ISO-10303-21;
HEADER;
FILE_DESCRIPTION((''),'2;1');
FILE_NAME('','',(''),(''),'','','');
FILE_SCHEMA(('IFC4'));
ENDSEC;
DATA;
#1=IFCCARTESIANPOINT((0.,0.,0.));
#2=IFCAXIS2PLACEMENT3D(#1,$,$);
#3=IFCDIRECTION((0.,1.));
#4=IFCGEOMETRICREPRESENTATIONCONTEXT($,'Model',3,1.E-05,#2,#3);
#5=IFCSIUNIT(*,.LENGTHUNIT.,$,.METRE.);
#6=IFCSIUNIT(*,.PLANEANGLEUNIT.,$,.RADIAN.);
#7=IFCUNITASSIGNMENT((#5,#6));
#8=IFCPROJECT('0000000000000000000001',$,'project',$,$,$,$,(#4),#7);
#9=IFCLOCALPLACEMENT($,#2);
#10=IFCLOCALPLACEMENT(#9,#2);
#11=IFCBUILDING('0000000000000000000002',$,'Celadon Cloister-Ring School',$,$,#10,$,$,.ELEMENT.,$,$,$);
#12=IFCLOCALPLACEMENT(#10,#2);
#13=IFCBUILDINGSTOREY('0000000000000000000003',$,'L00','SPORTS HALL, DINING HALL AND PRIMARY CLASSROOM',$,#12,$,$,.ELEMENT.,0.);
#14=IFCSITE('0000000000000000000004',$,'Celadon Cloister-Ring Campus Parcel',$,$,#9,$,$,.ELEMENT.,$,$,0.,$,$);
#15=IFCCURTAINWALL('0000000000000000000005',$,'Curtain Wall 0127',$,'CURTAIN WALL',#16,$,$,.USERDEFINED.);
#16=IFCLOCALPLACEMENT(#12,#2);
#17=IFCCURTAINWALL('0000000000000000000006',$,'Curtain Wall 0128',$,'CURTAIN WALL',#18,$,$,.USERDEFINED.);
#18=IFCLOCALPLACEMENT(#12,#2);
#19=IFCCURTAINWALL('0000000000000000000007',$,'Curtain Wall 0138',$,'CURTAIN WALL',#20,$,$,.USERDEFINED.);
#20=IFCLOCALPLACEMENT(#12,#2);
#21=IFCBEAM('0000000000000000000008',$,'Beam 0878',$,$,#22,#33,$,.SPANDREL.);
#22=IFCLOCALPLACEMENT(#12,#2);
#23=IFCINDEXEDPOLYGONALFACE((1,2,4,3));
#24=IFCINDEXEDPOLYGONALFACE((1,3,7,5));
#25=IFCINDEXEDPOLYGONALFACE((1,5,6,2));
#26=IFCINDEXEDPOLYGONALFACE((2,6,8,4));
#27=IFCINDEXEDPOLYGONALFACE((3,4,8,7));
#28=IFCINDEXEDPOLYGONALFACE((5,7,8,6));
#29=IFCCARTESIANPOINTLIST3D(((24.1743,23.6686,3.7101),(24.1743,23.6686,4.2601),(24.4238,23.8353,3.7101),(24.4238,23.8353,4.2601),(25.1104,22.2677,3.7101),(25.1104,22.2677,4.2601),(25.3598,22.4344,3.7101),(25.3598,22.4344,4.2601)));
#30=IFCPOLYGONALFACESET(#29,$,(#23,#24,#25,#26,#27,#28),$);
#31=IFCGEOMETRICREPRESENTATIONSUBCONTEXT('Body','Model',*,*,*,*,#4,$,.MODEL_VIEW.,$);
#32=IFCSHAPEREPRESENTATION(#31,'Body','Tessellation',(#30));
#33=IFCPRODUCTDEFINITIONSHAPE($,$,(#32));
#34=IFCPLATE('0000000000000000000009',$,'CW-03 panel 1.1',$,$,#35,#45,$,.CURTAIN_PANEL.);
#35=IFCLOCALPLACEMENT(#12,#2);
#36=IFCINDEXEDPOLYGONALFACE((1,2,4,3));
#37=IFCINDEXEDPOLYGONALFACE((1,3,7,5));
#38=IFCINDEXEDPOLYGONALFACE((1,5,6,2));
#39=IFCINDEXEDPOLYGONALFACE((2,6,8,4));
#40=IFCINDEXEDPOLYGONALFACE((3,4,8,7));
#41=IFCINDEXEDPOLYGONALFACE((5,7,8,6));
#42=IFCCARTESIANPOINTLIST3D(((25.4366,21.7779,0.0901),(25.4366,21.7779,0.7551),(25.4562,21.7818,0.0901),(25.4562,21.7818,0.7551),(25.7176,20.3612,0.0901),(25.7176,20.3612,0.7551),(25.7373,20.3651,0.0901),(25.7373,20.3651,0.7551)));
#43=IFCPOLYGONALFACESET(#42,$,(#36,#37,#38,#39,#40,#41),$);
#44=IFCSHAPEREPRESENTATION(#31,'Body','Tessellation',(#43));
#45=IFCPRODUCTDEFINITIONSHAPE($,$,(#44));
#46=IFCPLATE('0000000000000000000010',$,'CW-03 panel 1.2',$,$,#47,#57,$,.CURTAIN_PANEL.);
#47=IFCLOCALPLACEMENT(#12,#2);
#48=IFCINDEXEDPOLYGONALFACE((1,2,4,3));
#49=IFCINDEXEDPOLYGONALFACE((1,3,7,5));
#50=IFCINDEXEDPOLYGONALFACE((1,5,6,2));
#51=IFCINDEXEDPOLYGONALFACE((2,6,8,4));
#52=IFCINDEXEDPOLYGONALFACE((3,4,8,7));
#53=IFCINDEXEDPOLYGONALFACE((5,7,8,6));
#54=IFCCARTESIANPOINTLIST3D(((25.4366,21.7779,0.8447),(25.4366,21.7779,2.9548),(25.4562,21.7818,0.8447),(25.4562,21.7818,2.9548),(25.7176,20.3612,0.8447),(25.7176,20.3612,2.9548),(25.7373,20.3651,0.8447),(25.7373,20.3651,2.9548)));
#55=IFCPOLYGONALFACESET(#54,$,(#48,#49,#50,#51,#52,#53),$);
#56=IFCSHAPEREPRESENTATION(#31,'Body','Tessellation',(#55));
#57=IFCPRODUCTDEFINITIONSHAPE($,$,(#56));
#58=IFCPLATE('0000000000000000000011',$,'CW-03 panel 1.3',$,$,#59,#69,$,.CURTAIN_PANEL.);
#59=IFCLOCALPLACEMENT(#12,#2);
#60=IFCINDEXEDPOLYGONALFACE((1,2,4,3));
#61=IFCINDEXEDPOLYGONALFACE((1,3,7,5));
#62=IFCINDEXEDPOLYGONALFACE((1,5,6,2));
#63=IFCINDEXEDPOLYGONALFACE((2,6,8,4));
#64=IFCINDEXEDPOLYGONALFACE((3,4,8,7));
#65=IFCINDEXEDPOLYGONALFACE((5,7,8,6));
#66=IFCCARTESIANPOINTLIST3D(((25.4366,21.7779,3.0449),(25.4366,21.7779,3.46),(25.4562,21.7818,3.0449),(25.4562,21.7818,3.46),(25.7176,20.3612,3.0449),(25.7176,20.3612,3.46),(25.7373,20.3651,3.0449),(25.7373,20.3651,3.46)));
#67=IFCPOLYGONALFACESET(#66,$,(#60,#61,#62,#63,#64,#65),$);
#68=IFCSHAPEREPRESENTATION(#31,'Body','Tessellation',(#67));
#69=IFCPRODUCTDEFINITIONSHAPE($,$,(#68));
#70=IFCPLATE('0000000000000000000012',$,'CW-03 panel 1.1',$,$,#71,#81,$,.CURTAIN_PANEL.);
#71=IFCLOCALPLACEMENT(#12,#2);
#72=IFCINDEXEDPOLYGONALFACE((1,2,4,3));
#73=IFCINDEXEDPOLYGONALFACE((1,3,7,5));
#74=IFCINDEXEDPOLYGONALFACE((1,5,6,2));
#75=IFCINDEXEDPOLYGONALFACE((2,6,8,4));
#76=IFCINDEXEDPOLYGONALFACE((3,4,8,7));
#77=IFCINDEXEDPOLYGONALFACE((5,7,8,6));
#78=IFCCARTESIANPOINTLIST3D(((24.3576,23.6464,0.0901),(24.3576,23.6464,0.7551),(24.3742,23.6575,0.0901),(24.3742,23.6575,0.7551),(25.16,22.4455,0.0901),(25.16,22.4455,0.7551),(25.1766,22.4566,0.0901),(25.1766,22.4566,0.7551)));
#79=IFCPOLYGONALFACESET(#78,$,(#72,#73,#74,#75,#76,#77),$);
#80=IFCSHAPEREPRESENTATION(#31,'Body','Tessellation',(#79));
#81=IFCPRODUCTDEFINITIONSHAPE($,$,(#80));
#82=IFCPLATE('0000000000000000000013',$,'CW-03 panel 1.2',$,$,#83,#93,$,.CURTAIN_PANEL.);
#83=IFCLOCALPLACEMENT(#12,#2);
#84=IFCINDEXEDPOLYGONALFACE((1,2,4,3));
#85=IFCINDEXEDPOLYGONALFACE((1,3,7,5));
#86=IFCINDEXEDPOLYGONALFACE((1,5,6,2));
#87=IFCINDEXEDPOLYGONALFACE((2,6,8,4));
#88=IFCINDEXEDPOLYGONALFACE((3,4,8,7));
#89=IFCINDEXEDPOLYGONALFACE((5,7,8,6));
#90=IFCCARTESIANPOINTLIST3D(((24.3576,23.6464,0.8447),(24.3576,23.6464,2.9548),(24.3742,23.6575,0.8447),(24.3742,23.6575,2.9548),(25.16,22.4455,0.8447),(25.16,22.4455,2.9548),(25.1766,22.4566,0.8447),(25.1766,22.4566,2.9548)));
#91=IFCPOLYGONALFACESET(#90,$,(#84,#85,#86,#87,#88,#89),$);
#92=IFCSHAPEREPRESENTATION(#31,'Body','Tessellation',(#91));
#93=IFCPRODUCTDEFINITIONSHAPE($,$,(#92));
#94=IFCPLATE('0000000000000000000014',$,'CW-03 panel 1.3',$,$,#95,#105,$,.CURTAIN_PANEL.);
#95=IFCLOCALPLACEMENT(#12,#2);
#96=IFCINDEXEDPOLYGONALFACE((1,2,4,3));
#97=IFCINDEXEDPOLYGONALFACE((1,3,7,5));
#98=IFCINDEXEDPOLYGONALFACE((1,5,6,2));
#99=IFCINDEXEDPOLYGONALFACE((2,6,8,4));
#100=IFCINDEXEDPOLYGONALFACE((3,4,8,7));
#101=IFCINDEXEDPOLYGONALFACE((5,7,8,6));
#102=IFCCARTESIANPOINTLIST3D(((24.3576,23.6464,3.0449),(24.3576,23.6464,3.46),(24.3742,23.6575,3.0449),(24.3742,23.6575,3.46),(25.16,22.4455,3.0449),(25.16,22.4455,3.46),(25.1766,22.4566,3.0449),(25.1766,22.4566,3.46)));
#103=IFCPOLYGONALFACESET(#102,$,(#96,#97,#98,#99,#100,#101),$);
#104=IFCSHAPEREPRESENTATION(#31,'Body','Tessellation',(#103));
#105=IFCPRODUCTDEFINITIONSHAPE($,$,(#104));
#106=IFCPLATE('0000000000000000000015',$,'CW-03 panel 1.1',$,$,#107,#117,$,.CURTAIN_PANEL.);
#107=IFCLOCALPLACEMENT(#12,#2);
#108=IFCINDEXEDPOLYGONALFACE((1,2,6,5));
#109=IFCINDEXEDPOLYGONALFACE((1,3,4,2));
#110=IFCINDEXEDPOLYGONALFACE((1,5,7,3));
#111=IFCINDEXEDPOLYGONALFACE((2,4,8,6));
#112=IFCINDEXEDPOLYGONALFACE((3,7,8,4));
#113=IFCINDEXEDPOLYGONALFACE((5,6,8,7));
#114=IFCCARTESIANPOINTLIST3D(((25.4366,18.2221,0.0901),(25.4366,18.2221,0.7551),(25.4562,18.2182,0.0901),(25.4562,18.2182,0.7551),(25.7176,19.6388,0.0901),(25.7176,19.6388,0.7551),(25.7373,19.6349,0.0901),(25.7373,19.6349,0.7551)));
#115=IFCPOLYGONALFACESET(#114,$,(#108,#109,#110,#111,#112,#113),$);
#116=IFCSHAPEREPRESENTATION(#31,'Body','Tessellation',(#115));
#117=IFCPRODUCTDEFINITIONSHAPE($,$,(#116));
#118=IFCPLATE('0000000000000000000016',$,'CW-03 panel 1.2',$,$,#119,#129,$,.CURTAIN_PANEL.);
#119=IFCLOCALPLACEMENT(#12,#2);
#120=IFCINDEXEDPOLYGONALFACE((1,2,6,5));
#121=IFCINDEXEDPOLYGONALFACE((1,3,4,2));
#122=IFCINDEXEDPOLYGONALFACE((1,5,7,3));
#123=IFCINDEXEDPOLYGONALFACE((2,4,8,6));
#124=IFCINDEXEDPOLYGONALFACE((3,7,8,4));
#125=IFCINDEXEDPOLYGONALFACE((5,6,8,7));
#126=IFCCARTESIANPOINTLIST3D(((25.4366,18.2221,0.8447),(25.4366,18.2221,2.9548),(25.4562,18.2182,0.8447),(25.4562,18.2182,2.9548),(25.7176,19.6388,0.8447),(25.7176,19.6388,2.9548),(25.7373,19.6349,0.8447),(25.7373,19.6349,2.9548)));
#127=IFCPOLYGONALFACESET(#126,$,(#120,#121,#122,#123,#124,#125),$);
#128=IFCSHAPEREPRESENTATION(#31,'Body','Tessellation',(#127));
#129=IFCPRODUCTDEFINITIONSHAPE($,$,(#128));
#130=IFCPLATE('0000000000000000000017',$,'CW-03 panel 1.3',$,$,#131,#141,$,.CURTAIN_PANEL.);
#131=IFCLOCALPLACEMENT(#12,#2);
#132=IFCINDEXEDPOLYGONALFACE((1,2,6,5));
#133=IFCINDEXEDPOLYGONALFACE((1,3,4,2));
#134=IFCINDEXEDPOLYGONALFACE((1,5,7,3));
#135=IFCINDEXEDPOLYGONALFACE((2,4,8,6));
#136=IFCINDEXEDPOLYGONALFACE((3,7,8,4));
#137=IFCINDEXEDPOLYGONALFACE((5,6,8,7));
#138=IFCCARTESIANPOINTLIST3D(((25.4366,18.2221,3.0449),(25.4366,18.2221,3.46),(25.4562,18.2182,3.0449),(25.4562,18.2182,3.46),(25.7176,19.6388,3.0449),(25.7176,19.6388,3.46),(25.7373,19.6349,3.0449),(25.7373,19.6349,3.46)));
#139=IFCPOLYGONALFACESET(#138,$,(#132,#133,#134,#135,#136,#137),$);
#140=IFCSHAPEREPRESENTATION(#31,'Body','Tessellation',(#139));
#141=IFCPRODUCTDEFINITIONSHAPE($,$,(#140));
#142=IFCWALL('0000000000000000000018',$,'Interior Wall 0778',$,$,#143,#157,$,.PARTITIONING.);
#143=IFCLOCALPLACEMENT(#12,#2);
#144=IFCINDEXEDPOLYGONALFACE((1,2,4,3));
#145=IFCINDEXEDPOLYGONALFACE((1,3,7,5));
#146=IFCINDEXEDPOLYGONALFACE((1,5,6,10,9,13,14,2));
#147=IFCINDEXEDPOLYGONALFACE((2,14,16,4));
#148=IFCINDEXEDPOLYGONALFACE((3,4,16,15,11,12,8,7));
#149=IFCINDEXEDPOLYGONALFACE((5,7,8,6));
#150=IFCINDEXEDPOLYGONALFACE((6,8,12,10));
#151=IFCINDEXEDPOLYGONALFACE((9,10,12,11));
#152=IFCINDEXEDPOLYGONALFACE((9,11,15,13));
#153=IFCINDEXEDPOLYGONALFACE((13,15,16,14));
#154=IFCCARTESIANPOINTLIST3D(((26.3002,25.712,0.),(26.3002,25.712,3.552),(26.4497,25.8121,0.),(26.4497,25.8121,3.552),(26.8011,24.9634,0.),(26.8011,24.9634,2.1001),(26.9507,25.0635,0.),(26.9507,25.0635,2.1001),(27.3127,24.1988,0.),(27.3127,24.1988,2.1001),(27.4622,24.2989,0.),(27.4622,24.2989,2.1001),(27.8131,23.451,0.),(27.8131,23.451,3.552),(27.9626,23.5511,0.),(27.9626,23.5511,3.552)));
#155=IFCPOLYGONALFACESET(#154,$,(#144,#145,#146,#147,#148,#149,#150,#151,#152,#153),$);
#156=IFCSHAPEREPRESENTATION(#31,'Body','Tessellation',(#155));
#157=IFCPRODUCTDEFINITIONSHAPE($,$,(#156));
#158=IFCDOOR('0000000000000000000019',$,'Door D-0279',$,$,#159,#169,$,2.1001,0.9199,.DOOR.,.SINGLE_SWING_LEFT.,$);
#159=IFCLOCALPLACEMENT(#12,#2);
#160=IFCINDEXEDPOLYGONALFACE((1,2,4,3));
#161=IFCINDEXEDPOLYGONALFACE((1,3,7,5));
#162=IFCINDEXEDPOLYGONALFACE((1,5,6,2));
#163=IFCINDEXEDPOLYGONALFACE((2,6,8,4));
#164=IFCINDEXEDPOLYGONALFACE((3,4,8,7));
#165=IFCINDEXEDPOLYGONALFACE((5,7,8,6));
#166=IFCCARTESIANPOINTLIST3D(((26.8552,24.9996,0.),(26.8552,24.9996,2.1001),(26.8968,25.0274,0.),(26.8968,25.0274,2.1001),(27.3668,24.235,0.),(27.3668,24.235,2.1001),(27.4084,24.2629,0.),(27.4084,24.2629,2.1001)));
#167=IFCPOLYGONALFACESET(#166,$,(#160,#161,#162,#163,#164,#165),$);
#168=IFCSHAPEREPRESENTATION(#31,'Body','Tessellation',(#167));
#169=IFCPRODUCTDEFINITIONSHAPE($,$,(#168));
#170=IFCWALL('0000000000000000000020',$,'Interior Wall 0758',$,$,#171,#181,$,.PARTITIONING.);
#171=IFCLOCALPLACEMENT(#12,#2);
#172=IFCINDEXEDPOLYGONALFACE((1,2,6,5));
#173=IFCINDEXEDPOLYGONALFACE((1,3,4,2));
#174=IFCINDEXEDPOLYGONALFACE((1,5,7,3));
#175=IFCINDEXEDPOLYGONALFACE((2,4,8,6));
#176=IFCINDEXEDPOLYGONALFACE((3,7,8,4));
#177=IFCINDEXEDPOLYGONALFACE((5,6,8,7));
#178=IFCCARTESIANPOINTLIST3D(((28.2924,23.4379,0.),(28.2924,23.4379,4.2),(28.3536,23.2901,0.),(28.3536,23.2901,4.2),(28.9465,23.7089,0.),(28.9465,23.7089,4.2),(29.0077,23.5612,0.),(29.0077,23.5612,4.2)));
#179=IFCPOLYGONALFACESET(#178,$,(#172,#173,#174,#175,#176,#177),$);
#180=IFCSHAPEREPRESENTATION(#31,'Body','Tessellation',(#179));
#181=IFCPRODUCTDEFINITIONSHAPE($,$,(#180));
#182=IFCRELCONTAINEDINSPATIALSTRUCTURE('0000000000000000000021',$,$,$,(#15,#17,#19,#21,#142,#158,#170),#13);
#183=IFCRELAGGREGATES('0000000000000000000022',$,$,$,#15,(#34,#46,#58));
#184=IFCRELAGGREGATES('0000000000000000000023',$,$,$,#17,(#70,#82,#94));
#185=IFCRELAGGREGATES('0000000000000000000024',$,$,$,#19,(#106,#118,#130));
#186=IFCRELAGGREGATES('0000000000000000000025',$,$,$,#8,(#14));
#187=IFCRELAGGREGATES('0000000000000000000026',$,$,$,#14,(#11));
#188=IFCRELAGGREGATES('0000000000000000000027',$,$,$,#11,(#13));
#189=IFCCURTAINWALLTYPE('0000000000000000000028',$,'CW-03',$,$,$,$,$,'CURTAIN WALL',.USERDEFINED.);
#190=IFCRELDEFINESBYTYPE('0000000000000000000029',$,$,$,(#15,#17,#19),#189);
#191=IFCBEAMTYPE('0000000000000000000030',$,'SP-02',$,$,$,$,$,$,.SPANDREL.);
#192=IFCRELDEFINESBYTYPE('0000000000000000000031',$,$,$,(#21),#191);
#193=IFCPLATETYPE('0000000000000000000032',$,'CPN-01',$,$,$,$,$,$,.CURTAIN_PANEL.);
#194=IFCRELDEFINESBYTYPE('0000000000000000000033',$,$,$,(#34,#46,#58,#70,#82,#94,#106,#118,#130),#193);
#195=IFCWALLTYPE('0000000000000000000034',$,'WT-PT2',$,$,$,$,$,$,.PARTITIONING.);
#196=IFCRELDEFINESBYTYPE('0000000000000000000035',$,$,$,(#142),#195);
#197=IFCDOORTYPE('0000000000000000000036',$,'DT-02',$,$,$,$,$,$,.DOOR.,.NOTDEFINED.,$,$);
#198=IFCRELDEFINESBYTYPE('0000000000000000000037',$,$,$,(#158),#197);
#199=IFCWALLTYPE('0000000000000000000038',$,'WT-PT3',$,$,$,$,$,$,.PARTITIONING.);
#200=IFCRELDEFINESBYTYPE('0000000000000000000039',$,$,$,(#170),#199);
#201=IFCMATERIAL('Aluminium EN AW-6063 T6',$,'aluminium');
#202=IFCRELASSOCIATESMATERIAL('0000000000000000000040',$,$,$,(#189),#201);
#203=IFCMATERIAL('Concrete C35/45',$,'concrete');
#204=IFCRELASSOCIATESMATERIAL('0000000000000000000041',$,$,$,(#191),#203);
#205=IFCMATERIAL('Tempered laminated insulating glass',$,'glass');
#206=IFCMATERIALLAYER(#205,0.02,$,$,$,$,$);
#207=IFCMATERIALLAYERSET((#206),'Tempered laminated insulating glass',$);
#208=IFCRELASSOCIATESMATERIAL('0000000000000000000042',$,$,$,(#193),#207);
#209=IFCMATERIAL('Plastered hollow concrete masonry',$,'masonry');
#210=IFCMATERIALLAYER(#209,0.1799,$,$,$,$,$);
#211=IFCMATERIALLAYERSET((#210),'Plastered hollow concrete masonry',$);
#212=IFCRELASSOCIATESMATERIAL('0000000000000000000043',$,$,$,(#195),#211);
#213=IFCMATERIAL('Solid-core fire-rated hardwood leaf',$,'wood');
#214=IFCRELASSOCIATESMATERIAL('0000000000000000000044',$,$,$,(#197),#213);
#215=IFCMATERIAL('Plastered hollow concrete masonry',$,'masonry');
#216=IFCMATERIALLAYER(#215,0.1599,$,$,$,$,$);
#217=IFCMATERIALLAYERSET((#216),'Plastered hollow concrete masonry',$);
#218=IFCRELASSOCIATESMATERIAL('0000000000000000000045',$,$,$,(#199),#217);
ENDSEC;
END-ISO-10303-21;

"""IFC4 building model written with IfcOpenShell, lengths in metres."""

from ifc_helpers import new_model, si_unit, direction, frame, frame_2d, origin, origin_2d, place, context, subcontext, project, spatial, rectangle, extrude, material, layer, layer_set, material_profile, profile_set, type_object, element, fill, aggregate, save


model = new_model("IFC4")

# Units and contexts
model_context = context("Model", 3, precision=1e-05, world=origin(), true_north=direction((0.0, 1.0)))
body_context = subcontext(model_context, "Body", "Model", "MODEL_VIEW")
ifc_project = project(units=[si_unit("LENGTHUNIT", "METRE"), si_unit("PLANEANGLEUNIT", "RADIAN")], contexts=[model_context])

# Site, building, storey
site_placement = place(None, origin())
site = spatial("IfcSite", under=ifc_project, at=site_placement, Name="Celadon Cloister-Ring Campus Parcel", CompositionType="ELEMENT", RefElevation=0.0)
building_placement = place(site_placement, origin())
building = spatial("IfcBuilding", under=site, at=building_placement, Name="Celadon Cloister-Ring School", CompositionType="ELEMENT")
storey_placement = place(building_placement, origin())
storey = spatial("IfcBuildingStorey", under=building, at=storey_placement, Name="L00", Description="SPORTS HALL, DINING HALL AND PRIMARY CLASSROOM", CompositionType="ELEMENT", Elevation=0.0)

# Curtain wall
ifc_material_1 = material(Name="Aluminium EN AW-6063 T6", Category="aluminium")
curtain_wall_type = type_object("IfcCurtainWallType", Name="CW-03", ElementType="CURTAIN WALL", PredefinedType="USERDEFINED", material=ifc_material_1)
curtain_wall_1_placement = place(storey_placement, origin())
curtain_wall_1 = element("IfcCurtainWall", 1, at=curtain_wall_1_placement, inside=storey, type_object=curtain_wall_type, Name="Curtain Wall 0127", ObjectType="CURTAIN WALL", PredefinedType="USERDEFINED")

# Curtain walls
curtain_wall_2_placement = place(storey_placement, origin())
curtain_wall_2 = element("IfcCurtainWall", 2, at=curtain_wall_2_placement, inside=storey, type_object=curtain_wall_type, Name="Curtain Wall 0128", ObjectType="CURTAIN WALL", PredefinedType="USERDEFINED")
curtain_wall_3_placement = place(storey_placement, origin())
curtain_wall_3 = element("IfcCurtainWall", 3, at=curtain_wall_3_placement, inside=storey, type_object=curtain_wall_type, Name="Curtain Wall 0138", ObjectType="CURTAIN WALL", PredefinedType="USERDEFINED")

# Beam
ifc_material_2 = material(Name="Concrete C35/45", Category="concrete")
ifc_material_profile_1 = material_profile(ifc_material_2, rectangle(XDim=0.3, YDim=0.55, at=origin_2d()), Name="RC300X550")
ifc_profile_set_1 = profile_set([ifc_material_profile_1], Name="Concrete C35/45")
beam_type_1 = type_object("IfcBeamType", Name="SP-02", PredefinedType="SPANDREL", material=ifc_profile_set_1)
beam_1_placement = place(storey_placement, frame((25.2351, 22.3511, 3.9851), z_axis=(-0.555569, 0.83147, 0.0), x_axis=(-0.83147, -0.555569, 0.0)))
element("IfcBeam", 4, at=beam_1_placement, inside=storey, type_object=beam_type_1, Name="Beam 0878", PredefinedType="SPANDREL", context=body_context, shape_type="SweptSolid", body=[
    extrude(rectangle(XDim=0.3, YDim=0.55, at=origin_2d()), origin(), (0.0, 0.0, 1.0), 1.6848),
])

# Plates
ifc_material_3 = material(Name="Tempered laminated insulating glass", Category="glass")
ifc_layer_1 = layer(ifc_material_3, 0.02)
ifc_layer_set_1 = layer_set([ifc_layer_1], Name="Tempered laminated insulating glass")
plate_type = type_object("IfcPlateType", Name="CPN-01", PredefinedType="CURTAIN_PANEL", material=ifc_layer_set_1)
plate_1_placement = place(storey_placement, frame((25.5869, 21.0715, 0.0901), z_axis=(0.0, 0.0, 1.0), x_axis=(-0.194586, 0.980885, 0.0)))
plate_1 = element("IfcPlate", 5, at=plate_1_placement, type_object=plate_type, Name="CW-03 panel 1.1", PredefinedType="CURTAIN_PANEL", context=body_context, shape_type="SweptSolid", body=[
    extrude(rectangle(XDim=1.4443, YDim=0.02, at=origin_2d()), origin(), (0.0, 0.0, 1.0), 0.665),
])
plate_2_placement = place(storey_placement, frame((25.5869, 21.0715, 0.8447), z_axis=(0.0, 0.0, 1.0), x_axis=(-0.194586, 0.980885, 0.0)))
plate_2 = element("IfcPlate", 6, at=plate_2_placement, type_object=plate_type, Name="CW-03 panel 1.2", PredefinedType="CURTAIN_PANEL", context=body_context, shape_type="SweptSolid", body=[
    extrude(rectangle(XDim=1.4443, YDim=0.02, at=origin_2d()), origin(), (0.0, 0.0, 1.0), 2.1101),
])
plate_3_placement = place(storey_placement, frame((25.5869, 21.0715, 3.0449), z_axis=(0.0, 0.0, 1.0), x_axis=(-0.194586, 0.980885, 0.0)))
plate_3 = element("IfcPlate", 7, at=plate_3_placement, type_object=plate_type, Name="CW-03 panel 1.3", PredefinedType="CURTAIN_PANEL", context=body_context, shape_type="SweptSolid", body=[
    extrude(rectangle(XDim=1.4443, YDim=0.02, at=origin_2d()), origin(), (0.0, 0.0, 1.0), 0.415),
])
aggregate(curtain_wall_1, [plate_1, plate_2, plate_3])
plate_4_placement = place(storey_placement, frame((24.7671, 23.0515, 0.0901), z_axis=(0.0, 0.0, 1.0), x_axis=(-0.555547, 0.831485, 0.0)))
plate_4 = element("IfcPlate", 8, at=plate_4_placement, type_object=plate_type, Name="CW-03 panel 1.1", PredefinedType="CURTAIN_PANEL", context=body_context, shape_type="SweptSolid", body=[
    extrude(rectangle(XDim=1.4443, YDim=0.02, at=origin_2d()), origin(), (0.0, 0.0, 1.0), 0.665),
])
plate_5_placement = place(storey_placement, frame((24.7671, 23.0515, 0.8447), z_axis=(0.0, 0.0, 1.0), x_axis=(-0.555547, 0.831485, 0.0)))
plate_5 = element("IfcPlate", 9, at=plate_5_placement, type_object=plate_type, Name="CW-03 panel 1.2", PredefinedType="CURTAIN_PANEL", context=body_context, shape_type="SweptSolid", body=[
    extrude(rectangle(XDim=1.4443, YDim=0.02, at=origin_2d()), origin(), (0.0, 0.0, 1.0), 2.1101),
])
plate_6_placement = place(storey_placement, frame((24.7671, 23.0515, 3.0449), z_axis=(0.0, 0.0, 1.0), x_axis=(-0.555547, 0.831485, 0.0)))
plate_6 = element("IfcPlate", 10, at=plate_6_placement, type_object=plate_type, Name="CW-03 panel 1.3", PredefinedType="CURTAIN_PANEL", context=body_context, shape_type="SweptSolid", body=[
    extrude(rectangle(XDim=1.4443, YDim=0.02, at=origin_2d()), origin(), (0.0, 0.0, 1.0), 0.415),
])
aggregate(curtain_wall_2, [plate_4, plate_5, plate_6])
plate_7_placement = place(storey_placement, frame((25.5869, 18.9285, 0.0901), z_axis=(0.0, 0.0, 1.0), x_axis=(0.194586, 0.980885, 0.0)))
plate_7 = element("IfcPlate", 11, at=plate_7_placement, type_object=plate_type, Name="CW-03 panel 1.1", PredefinedType="CURTAIN_PANEL", context=body_context, shape_type="SweptSolid", body=[
    extrude(rectangle(XDim=1.4443, YDim=0.02, at=origin_2d()), origin(), (0.0, 0.0, 1.0), 0.665),
])
plate_8_placement = place(storey_placement, frame((25.5869, 18.9285, 0.8447), z_axis=(0.0, 0.0, 1.0), x_axis=(0.194586, 0.980885, 0.0)))
plate_8 = element("IfcPlate", 12, at=plate_8_placement, type_object=plate_type, Name="CW-03 panel 1.2", PredefinedType="CURTAIN_PANEL", context=body_context, shape_type="SweptSolid", body=[
    extrude(rectangle(XDim=1.4443, YDim=0.02, at=origin_2d()), origin(), (0.0, 0.0, 1.0), 2.1101),
])
plate_9_placement = place(storey_placement, frame((25.5869, 18.9285, 3.0449), z_axis=(0.0, 0.0, 1.0), x_axis=(0.194586, 0.980885, 0.0)))
plate_9 = element("IfcPlate", 13, at=plate_9_placement, type_object=plate_type, Name="CW-03 panel 1.3", PredefinedType="CURTAIN_PANEL", context=body_context, shape_type="SweptSolid", body=[
    extrude(rectangle(XDim=1.4443, YDim=0.02, at=origin_2d()), origin(), (0.0, 0.0, 1.0), 0.415),
])
aggregate(curtain_wall_3, [plate_7, plate_8, plate_9])

# Wall, opening, door
ifc_material_4 = material(Name="Plastered hollow concrete masonry", Category="masonry")
ifc_layer_2 = layer(ifc_material_4, 0.1799)
ifc_layer_set_2 = layer_set([ifc_layer_2], Name="Plastered hollow concrete masonry")
wall_type_1 = type_object("IfcWallType", Name="WT-PT2", PredefinedType="PARTITIONING", material=ifc_layer_set_2)
wall_1_placement = place(storey_placement, frame((27.8879, 23.501, 0.0), z_axis=(0.0, 0.0, 1.0), x_axis=(-0.556128, 0.831096, 0.0)))
wall_1 = element("IfcWall", 14, at=wall_1_placement, inside=storey, type_object=wall_type_1, Name="Interior Wall 0778", PredefinedType="PARTITIONING", context=body_context, shape_type="SweptSolid", body=[
    extrude(rectangle(XDim=2.7205, YDim=0.1799, at=frame_2d((1.3604, 0.0))), origin(), (0.0, 0.0, 1.0), 3.552),
])
opening_placement = place(wall_1_placement, frame((0.8999, 0.0, 0.0)))
opening = element("IfcOpeningElement", 15, at=opening_placement, cuts=wall_1, PredefinedType="OPENING", context=body_context, shape_type="SweptSolid", body=[
    extrude(rectangle(XDim=0.9199, YDim=2.1001, at=frame_2d((0.46, 1.05))), frame((0.0, 0.1001, 0.0), z_axis=(0.0, -1.0, 0.0), x_axis=(1.0, 0.0, 0.0)), (0.0, 0.0, 1.0), 0.2),
])
ifc_material_5 = material(Name="Solid-core fire-rated hardwood leaf", Category="wood")
door_type = type_object("IfcDoorType", Name="DT-02", OperationType="NOTDEFINED", PredefinedType="DOOR", material=ifc_material_5)
door_placement = place(opening_placement, origin())
door = element("IfcDoor", 16, at=door_placement, inside=storey, type_object=door_type, Name="Door D-0279", OperationType="SINGLE_SWING_LEFT", OverallHeight=2.1001, OverallWidth=0.9199, PredefinedType="DOOR", context=body_context, shape_type="SweptSolid", body=[
    extrude(rectangle(XDim=0.9199, YDim=2.1001, at=frame_2d((0.46, 1.05))), frame((0.0, 0.0249, 0.0), z_axis=(0.0, -1.0, 0.0), x_axis=(1.0, 0.0, 0.0)), (0.0, 0.0, 1.0), 0.05),
])
fill(opening, door)

# Wall
ifc_material_6 = material(Name="Plastered hollow concrete masonry", Category="masonry")
ifc_layer_3 = layer(ifc_material_6, 0.1599)
ifc_layer_set_3 = layer_set([ifc_layer_3], Name="Plastered hollow concrete masonry")
wall_type_2 = type_object("IfcWallType", Name="WT-PT3", PredefinedType="PARTITIONING", material=ifc_layer_set_3)
wall_2_placement = place(storey_placement, frame((28.323, 23.364, 0.0), z_axis=(0.0, 0.0, 1.0), x_axis=(0.92384, 0.382778, 0.0)))
element("IfcWall", 17, at=wall_2_placement, inside=storey, type_object=wall_type_2, Name="Interior Wall 0758", PredefinedType="PARTITIONING", context=body_context, shape_type="SweptSolid", body=[
    extrude(rectangle(XDim=0.708, YDim=0.1599, at=frame_2d((0.354, 0.0))), origin(), (0.0, 0.0, 1.0), 4.2),
])

save(model, "model.ifc")
